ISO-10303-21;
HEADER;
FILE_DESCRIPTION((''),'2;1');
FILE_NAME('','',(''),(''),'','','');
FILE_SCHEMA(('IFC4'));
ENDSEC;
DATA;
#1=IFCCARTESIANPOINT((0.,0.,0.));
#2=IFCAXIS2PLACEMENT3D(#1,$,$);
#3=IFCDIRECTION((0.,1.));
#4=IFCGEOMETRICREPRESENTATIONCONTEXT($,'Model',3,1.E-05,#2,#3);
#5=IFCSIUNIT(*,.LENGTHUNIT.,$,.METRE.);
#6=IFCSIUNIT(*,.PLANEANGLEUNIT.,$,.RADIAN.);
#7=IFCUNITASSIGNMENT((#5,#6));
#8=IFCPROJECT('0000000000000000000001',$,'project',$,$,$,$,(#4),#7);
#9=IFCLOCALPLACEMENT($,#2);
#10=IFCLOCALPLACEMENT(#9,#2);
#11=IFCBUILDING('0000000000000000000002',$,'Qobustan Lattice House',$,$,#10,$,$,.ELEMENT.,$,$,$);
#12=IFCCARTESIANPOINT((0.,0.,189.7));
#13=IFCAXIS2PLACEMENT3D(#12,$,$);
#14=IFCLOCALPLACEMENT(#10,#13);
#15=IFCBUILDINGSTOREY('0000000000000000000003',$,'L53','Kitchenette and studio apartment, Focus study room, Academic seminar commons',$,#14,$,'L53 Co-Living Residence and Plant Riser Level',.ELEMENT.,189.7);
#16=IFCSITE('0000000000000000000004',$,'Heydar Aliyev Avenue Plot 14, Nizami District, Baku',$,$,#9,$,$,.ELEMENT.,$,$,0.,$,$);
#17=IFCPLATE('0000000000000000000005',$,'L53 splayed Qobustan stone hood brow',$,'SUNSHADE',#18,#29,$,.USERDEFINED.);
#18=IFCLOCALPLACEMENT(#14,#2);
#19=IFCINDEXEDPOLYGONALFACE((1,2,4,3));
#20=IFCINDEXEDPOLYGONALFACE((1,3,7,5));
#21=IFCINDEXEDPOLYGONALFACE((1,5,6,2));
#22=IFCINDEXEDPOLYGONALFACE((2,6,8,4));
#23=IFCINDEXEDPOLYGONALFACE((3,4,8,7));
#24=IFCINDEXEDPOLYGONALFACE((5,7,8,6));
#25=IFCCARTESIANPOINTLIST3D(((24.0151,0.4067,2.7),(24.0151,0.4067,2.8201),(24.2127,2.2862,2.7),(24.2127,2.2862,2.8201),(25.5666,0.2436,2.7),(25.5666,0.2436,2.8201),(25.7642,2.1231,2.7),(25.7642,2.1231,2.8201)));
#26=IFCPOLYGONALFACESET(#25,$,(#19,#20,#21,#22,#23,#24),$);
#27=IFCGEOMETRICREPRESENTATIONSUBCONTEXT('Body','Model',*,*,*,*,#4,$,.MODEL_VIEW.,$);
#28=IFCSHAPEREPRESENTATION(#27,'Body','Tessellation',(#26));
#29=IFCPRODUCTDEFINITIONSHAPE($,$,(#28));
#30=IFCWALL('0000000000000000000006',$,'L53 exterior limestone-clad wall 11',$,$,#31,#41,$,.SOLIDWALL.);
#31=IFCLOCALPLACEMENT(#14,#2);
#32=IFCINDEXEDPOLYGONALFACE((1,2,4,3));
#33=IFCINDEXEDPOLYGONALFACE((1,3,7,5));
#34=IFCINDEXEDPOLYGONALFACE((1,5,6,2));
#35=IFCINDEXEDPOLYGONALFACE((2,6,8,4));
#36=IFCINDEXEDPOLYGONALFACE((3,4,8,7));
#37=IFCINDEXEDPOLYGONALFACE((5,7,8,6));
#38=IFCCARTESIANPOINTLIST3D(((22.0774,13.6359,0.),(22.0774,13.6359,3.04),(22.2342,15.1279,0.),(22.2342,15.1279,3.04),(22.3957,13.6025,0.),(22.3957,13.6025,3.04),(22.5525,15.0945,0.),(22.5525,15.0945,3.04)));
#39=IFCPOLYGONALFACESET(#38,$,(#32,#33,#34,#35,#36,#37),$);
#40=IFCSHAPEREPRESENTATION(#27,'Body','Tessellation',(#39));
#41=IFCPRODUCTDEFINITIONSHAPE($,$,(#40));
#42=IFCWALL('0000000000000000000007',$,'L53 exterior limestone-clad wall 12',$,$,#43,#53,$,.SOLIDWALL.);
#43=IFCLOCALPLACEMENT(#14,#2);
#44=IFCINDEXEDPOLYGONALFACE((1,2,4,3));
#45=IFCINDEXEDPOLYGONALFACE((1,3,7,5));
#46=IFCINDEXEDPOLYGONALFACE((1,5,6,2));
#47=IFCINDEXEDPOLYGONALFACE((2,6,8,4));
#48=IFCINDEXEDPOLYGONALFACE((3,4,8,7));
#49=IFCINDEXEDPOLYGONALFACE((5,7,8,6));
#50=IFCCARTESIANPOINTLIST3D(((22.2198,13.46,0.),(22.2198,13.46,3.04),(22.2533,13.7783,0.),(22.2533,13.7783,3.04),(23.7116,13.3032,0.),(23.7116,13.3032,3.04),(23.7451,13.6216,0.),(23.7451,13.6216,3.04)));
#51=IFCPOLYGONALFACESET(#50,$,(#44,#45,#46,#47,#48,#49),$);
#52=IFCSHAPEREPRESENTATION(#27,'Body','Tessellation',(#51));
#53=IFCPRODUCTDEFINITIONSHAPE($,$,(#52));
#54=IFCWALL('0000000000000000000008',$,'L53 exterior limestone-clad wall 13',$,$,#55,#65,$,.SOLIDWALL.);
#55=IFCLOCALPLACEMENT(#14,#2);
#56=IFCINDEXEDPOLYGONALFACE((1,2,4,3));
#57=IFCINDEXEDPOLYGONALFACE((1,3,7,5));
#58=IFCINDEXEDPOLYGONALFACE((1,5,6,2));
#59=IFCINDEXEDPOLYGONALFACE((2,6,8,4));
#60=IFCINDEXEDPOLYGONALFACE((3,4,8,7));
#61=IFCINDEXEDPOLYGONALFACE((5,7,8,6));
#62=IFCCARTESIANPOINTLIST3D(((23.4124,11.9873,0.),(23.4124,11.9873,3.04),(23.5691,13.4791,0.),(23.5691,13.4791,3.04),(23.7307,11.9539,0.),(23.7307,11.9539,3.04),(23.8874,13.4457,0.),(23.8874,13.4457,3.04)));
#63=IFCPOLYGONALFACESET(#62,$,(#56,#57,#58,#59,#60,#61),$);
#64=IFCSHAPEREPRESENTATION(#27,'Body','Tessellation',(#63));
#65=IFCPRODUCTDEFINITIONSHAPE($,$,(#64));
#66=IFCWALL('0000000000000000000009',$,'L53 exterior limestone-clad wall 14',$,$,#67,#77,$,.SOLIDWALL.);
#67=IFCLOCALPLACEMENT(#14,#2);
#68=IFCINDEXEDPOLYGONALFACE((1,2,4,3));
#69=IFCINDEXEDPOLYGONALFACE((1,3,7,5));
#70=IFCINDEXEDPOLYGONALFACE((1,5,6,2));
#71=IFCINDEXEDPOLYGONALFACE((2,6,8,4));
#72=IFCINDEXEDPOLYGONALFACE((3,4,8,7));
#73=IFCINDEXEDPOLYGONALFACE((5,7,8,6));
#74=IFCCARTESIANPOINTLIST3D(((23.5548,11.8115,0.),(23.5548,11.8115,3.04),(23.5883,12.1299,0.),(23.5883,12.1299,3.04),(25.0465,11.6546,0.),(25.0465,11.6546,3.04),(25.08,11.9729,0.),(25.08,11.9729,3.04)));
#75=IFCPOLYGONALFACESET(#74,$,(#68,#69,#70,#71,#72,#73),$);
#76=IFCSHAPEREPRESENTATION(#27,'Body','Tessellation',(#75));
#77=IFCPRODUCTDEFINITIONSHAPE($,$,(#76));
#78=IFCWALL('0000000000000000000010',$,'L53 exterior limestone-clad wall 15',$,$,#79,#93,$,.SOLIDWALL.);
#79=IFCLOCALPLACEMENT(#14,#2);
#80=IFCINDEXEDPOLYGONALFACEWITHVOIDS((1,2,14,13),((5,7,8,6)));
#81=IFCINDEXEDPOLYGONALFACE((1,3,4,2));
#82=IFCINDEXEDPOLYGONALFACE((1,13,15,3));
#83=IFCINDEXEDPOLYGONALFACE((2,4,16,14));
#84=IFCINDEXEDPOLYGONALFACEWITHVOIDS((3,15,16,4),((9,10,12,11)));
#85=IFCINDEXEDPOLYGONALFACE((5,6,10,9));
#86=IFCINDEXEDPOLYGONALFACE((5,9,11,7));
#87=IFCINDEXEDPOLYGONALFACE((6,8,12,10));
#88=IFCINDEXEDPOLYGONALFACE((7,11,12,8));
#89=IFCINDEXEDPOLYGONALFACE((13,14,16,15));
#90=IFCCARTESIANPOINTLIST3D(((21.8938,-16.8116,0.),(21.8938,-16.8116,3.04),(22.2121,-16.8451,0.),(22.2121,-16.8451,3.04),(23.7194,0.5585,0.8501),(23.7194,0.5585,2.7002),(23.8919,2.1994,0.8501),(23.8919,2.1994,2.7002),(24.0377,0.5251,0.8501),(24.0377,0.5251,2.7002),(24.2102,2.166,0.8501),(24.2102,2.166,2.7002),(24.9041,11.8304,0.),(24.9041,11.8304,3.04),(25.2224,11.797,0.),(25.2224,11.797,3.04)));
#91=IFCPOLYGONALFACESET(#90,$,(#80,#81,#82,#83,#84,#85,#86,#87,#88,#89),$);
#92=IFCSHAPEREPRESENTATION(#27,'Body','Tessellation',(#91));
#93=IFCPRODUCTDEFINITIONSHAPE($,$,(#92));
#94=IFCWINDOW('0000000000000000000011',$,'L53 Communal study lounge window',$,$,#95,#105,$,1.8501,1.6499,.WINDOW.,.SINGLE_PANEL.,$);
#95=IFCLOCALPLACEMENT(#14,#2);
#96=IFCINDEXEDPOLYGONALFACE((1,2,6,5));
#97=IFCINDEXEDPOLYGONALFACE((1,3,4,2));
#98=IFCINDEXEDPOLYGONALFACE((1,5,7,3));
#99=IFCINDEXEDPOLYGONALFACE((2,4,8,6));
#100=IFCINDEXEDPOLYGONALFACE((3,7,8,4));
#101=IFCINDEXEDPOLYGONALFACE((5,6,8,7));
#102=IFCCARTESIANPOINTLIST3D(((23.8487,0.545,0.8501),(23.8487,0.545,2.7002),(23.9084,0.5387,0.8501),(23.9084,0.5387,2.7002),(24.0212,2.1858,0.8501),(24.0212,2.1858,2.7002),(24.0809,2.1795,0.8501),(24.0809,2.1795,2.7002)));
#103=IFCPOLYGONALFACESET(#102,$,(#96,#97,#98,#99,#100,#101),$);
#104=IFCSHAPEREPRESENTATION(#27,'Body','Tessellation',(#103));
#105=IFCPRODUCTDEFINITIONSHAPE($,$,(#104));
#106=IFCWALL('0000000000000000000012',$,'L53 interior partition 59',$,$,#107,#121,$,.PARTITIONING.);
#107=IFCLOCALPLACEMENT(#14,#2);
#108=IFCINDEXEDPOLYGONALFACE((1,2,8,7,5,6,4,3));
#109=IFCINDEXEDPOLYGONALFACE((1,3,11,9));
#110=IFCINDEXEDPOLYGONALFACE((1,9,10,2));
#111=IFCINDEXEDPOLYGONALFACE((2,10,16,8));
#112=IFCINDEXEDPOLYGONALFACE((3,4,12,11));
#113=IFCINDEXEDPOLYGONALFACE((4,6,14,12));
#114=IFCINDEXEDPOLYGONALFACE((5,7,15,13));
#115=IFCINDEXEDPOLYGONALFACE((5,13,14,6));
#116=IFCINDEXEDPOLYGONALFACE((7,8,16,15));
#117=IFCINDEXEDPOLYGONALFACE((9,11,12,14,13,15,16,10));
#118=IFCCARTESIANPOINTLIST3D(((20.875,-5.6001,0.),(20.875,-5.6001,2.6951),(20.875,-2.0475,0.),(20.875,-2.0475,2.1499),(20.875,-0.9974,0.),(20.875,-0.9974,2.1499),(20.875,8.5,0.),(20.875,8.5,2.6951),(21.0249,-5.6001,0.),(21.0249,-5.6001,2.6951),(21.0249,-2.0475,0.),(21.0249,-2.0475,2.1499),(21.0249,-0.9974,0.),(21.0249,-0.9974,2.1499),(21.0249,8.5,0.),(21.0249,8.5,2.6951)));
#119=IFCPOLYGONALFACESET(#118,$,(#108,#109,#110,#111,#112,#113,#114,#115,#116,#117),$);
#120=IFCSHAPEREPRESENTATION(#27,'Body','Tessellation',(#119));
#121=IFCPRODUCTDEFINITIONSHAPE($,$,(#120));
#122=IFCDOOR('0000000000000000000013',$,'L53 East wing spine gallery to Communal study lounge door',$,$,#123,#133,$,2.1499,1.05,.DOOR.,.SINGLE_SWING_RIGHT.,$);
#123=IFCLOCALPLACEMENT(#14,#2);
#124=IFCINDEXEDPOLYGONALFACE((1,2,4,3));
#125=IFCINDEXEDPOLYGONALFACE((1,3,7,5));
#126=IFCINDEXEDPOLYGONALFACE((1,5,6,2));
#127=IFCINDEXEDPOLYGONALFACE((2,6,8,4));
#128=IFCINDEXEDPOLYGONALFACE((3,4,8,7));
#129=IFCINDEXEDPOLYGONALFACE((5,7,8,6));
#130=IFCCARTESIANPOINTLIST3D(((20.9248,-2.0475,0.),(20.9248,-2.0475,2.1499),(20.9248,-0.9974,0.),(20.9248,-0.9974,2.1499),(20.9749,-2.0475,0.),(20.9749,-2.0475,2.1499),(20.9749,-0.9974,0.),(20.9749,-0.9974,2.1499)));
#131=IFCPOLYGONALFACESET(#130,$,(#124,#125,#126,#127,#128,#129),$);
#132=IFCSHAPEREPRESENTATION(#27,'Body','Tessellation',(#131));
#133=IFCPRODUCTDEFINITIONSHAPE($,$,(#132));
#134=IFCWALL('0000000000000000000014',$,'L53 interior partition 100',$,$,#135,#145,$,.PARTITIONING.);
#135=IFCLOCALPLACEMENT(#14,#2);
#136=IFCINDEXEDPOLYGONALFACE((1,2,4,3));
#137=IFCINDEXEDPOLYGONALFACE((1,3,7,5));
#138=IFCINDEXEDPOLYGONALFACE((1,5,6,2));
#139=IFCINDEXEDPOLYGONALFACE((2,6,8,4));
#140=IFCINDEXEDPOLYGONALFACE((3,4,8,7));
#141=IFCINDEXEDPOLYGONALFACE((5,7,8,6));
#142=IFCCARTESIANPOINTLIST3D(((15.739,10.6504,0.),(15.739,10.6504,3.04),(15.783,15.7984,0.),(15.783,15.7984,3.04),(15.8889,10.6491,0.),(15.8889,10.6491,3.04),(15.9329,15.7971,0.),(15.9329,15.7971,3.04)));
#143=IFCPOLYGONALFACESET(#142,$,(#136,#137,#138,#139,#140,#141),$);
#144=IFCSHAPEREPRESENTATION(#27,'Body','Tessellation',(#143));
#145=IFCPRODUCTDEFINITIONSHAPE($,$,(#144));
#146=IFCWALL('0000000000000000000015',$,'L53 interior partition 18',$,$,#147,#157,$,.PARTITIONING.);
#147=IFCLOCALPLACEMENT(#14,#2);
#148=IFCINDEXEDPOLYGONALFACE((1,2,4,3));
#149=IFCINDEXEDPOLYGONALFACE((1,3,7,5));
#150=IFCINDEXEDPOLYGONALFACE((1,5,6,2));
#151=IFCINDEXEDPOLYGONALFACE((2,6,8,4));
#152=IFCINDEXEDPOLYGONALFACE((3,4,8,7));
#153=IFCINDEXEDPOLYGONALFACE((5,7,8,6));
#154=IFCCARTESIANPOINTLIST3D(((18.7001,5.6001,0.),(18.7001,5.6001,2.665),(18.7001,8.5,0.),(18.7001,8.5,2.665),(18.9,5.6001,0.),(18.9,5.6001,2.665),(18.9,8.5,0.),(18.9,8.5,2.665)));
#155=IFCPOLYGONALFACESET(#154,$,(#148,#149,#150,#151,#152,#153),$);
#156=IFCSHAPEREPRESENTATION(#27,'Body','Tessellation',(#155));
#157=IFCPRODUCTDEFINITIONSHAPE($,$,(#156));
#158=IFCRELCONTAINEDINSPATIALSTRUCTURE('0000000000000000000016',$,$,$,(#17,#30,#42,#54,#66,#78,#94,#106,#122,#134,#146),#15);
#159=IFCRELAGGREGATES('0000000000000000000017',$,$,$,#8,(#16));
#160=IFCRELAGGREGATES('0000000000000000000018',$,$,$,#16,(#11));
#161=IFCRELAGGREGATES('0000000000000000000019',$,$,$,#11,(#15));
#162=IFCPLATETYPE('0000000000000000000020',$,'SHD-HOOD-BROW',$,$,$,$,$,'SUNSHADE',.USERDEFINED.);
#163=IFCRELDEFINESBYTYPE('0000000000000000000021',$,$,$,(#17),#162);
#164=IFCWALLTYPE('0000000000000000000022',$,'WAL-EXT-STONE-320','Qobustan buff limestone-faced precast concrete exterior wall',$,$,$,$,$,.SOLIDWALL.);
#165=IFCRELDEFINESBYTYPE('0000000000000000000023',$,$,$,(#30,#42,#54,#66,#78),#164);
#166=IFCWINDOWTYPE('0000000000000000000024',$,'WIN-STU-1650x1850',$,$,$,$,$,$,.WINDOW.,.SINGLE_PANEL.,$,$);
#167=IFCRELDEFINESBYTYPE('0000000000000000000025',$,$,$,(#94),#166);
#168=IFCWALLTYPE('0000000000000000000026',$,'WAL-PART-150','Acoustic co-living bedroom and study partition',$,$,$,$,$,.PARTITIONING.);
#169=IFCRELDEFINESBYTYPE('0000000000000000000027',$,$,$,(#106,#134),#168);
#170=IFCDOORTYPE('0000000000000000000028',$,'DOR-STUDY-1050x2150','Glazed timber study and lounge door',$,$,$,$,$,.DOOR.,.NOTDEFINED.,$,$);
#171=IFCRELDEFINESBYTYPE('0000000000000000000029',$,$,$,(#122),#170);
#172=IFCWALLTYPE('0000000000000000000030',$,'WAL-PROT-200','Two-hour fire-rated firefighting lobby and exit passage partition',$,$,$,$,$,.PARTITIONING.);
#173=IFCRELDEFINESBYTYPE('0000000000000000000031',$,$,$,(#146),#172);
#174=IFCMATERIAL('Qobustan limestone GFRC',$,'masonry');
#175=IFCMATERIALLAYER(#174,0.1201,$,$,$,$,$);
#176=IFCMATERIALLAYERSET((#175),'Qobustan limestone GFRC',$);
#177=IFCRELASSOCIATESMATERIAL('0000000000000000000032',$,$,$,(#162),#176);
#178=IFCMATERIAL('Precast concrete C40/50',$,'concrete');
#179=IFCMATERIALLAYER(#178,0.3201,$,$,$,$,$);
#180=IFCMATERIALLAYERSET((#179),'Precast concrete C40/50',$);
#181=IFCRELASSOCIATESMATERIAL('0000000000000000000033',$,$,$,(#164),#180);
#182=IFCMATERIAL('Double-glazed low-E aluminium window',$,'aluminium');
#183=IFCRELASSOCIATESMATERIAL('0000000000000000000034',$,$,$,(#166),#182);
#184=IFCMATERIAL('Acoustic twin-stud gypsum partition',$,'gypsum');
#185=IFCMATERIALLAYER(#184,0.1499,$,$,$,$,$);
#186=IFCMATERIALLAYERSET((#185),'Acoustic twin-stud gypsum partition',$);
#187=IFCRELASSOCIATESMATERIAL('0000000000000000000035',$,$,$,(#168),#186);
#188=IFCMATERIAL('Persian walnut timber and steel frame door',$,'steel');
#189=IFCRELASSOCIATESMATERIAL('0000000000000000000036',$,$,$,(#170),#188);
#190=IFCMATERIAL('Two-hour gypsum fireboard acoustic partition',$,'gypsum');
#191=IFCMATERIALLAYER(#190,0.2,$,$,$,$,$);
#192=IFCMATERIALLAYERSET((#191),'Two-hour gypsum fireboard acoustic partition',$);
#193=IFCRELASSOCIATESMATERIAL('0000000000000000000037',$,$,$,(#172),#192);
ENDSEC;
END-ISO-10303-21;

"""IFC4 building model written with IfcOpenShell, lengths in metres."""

from ifc_helpers import new_model, si_unit, direction, frame, frame_2d, origin, origin_2d, place, context, subcontext, project, spatial, rectangle, extrude, material, layer, layer_set, type_object, element, fill, save


model = new_model("IFC4")

# Units and contexts
model_context = context("Model", 3, precision=1e-05, world=origin(), true_north=direction((0.0, 1.0)))
body_context = subcontext(model_context, "Body", "Model", "MODEL_VIEW")
ifc_project = project(units=[si_unit("LENGTHUNIT", "METRE"), si_unit("PLANEANGLEUNIT", "RADIAN")], contexts=[model_context])

# Site, building, storey
site_placement = place(None, origin())
site = spatial("IfcSite", under=ifc_project, at=site_placement, Name="Heydar Aliyev Avenue Plot 14, Nizami District, Baku", CompositionType="ELEMENT", RefElevation=0.0)
building_placement = place(site_placement, origin())
building = spatial("IfcBuilding", under=site, at=building_placement, Name="Qobustan Lattice House", CompositionType="ELEMENT")
storey_placement = place(building_placement, frame((0.0, 0.0, 189.7)))
storey = spatial("IfcBuildingStorey", under=building, at=storey_placement, Name="L53", Description="Kitchenette and studio apartment, Focus study room, Academic seminar commons", LongName="L53 Co-Living Residence and Plant Riser Level", CompositionType="ELEMENT", Elevation=189.7)

# Plate
ifc_material_1 = material(Name="Qobustan limestone GFRC", Category="masonry")
ifc_layer_1 = layer(ifc_material_1, 0.1201)
ifc_layer_set_1 = layer_set([ifc_layer_1], Name="Qobustan limestone GFRC")
plate_type = type_object("IfcPlateType", Name="SHD-HOOD-BROW", ElementType="SUNSHADE", PredefinedType="USERDEFINED", material=ifc_layer_set_1)
plate_placement = place(storey_placement, frame((24.8896, 1.2649, 2.7), z_axis=(0.0, 0.0, 1.0), x_axis=(-0.104528, -0.994522, 0.0)))
element("IfcPlate", 1, at=plate_placement, inside=storey, type_object=plate_type, Name="L53 splayed Qobustan stone hood brow", ObjectType="SUNSHADE", PredefinedType="USERDEFINED", context=body_context, shape_type="SweptSolid", body=[
    extrude(rectangle(XDim=1.8899, YDim=1.5601, at=origin_2d()), origin(), (0.0, 0.0, 1.0), 0.1201),
])

# Walls
ifc_material_2 = material(Name="Precast concrete C40/50", Category="concrete")
ifc_layer_2 = layer(ifc_material_2, 0.3201)
ifc_layer_set_2 = layer_set([ifc_layer_2], Name="Precast concrete C40/50")
wall_type_1 = type_object("IfcWallType", Name="WAL-EXT-STONE-320", Description="Qobustan buff limestone-faced precast concrete exterior wall", PredefinedType="SOLIDWALL", material=ifc_layer_set_2)
wall_1_placement = place(storey_placement, frame((22.3933, 15.1111, 0.0), z_axis=(0.0, 0.0, 1.0), x_axis=(-0.104481, -0.994527, 0.0)))
element("IfcWall", 2, at=wall_1_placement, inside=storey, type_object=wall_type_1, Name="L53 exterior limestone-clad wall 11", PredefinedType="SOLIDWALL", context=body_context, shape_type="SweptSolid", body=[
    extrude(rectangle(XDim=1.5002, YDim=0.3201, at=frame_2d((0.75, 0.0))), origin(), (0.0, 0.0, 1.0), 3.04),
])
for number, where, z_axis, x_axis, name in (
    (3, (22.2366, 13.6191, 0.0), (0.0, 0.0, 1.0), (0.994525, -0.104498, 0.0), "L53 exterior limestone-clad wall 12"),
    (4, (23.7283, 13.4624, 0.0), (0.0, 0.0, 1.0), (-0.104498, -0.994525, 0.0), "L53 exterior limestone-clad wall 13"),
    (5, (23.5715, 11.9707, 0.0), (0.0, 0.0, 1.0), (0.994508, -0.104659, 0.0), "L53 exterior limestone-clad wall 14"),
):
    element("IfcWall", number, at=place(storey_placement, frame(where, z_axis=z_axis, x_axis=x_axis)), inside=storey, type_object=wall_type_1, Name=name, PredefinedType="SOLIDWALL", context=body_context, shape_type="SweptSolid", body=[
        extrude(rectangle(XDim=1.5, YDim=0.3201, at=frame_2d((0.75, 0.0))), origin(), (0.0, 0.0, 1.0), 3.04),
    ])

# Wall, opening, window
wall_2_placement = place(storey_placement, frame((25.0632, 11.8137, 0.0), z_axis=(0.0, 0.0, 1.0), x_axis=(-0.104523, -0.994522, 0.0)))
wall_2 = element("IfcWall", 6, at=wall_2_placement, inside=storey, type_object=wall_type_1, Name="L53 exterior limestone-clad wall 15", PredefinedType="SOLIDWALL", context=body_context, shape_type="SweptSolid", body=[
    extrude(rectangle(XDim=28.7998, YDim=0.3201, at=frame_2d((14.3999, 0.0))), origin(), (0.0, 0.0, 1.0), 3.04),
])
opening_1_placement = place(wall_2_placement, frame((9.6841, 0.0, 0.8501)))
opening_1 = element("IfcOpeningElement", 7, at=opening_1_placement, cuts=wall_2, PredefinedType="OPENING", context=body_context, shape_type="SweptSolid", body=[
    extrude(rectangle(XDim=1.6499, YDim=1.8501, at=frame_2d((0.825, 0.925))), frame((0.0, 0.1699, 0.0), z_axis=(0.0, -1.0, 0.0), x_axis=(1.0, 0.0, 0.0)), (0.0, 0.0, 1.0), 0.3401),
])
ifc_material_3 = material(Name="Double-glazed low-E aluminium window", Category="aluminium")
window_type = type_object("IfcWindowType", Name="WIN-STU-1650x1850", PartitioningType="SINGLE_PANEL", PredefinedType="WINDOW", material=ifc_material_3)
window_placement = place(opening_1_placement, origin())
window = element("IfcWindow", 8, at=window_placement, inside=storey, type_object=window_type, Name="L53 Communal study lounge window", OverallHeight=1.8501, OverallWidth=1.6499, PartitioningType="SINGLE_PANEL", PredefinedType="WINDOW", context=body_context, shape_type="SweptSolid", body=[
    extrude(rectangle(XDim=1.6499, YDim=1.8501, at=frame_2d((0.825, 0.925))), frame((0.0, 0.03, 0.0), z_axis=(0.0, -1.0, 0.0), x_axis=(1.0, 0.0, 0.0)), (0.0, 0.0, 1.0), 0.0601),
])
fill(opening_1, window)

# Wall, opening, door
ifc_material_4 = material(Name="Acoustic twin-stud gypsum partition", Category="gypsum")
ifc_layer_3 = layer(ifc_material_4, 0.1499)
ifc_layer_set_3 = layer_set([ifc_layer_3], Name="Acoustic twin-stud gypsum partition")
wall_type_2 = type_object("IfcWallType", Name="WAL-PART-150", Description="Acoustic co-living bedroom and study partition", PredefinedType="PARTITIONING", material=ifc_layer_set_3)
ifc_material_5 = material(Name="Persian walnut timber and steel frame door", Category="steel")
door_type_1 = type_object("IfcDoorType", Name="DOR-STUDY-1050x2150", Description="Glazed timber study and lounge door", OperationType="NOTDEFINED", PredefinedType="DOOR", material=ifc_material_5)
wall_3_placement = place(storey_placement, frame((20.95, 8.5, 0.0), z_axis=(0.0, 0.0, 1.0), x_axis=(0.0, -1.0, 0.0)))
wall_3 = element("IfcWall", 9, at=wall_3_placement, inside=storey, type_object=wall_type_2, Name="L53 interior partition 59", PredefinedType="PARTITIONING", context=body_context, shape_type="SweptSolid", body=[
    extrude(rectangle(XDim=14.1001, YDim=0.1499, at=frame_2d((7.05, 0.0))), origin(), (0.0, 0.0, 1.0), 2.6951),
])
opening_2_placement = place(wall_3_placement, frame((9.4976, 0.0, 0.0)))
opening_2 = element("IfcOpeningElement", 10, at=opening_2_placement, cuts=wall_3, PredefinedType="OPENING", context=body_context, shape_type="SweptSolid", body=[
    extrude(rectangle(XDim=1.05, YDim=2.1499, at=frame_2d((0.5249, 1.075))), frame((0.0, 0.085, 0.0), z_axis=(0.0, -1.0, 0.0), x_axis=(1.0, 0.0, 0.0)), (0.0, 0.0, 1.0), 0.1699),
])
door_1_placement = place(opening_2_placement, origin())
door_1 = element("IfcDoor", 11, at=door_1_placement, inside=storey, type_object=door_type_1, Name="L53 East wing spine gallery to Communal study lounge door", OperationType="SINGLE_SWING_RIGHT", OverallHeight=2.1499, OverallWidth=1.05, PredefinedType="DOOR", context=body_context, shape_type="SweptSolid", body=[
    extrude(rectangle(XDim=1.05, YDim=2.1499, at=frame_2d((0.5249, 1.075))), frame((0.0, 0.0249, 0.0), z_axis=(0.0, -1.0, 0.0), x_axis=(1.0, 0.0, 0.0)), (0.0, 0.0, 1.0), 0.05),
])
fill(opening_2, door_1)

# Wall
wall_4_placement = place(storey_placement, frame((15.8579, 15.7979, 0.0), z_axis=(0.0, 0.0, 1.0), x_axis=(-0.008536, -0.999964, 0.0)))
element("IfcWall", 12, at=wall_4_placement, inside=storey, type_object=wall_type_2, Name="L53 interior partition 100", PredefinedType="PARTITIONING", context=body_context, shape_type="SweptSolid", body=[
    extrude(rectangle(XDim=5.1482, YDim=0.1499, at=frame_2d((2.5742, 0.0))), origin(), (0.0, 0.0, 1.0), 3.04),
])

# Shared definitions
ifc_material_6 = material(Name="Two-hour gypsum fireboard acoustic partition", Category="gypsum")
ifc_layer_4 = layer(ifc_material_6, 0.2)
ifc_layer_set_4 = layer_set([ifc_layer_4], Name="Two-hour gypsum fireboard acoustic partition")
wall_type_3 = type_object("IfcWallType", Name="WAL-PROT-200", Description="Two-hour fire-rated firefighting lobby and exit passage partition", PredefinedType="PARTITIONING", material=ifc_layer_set_4)

# Wall
wall_5_placement = place(storey_placement, frame((18.8, 5.6001, 0.0), z_axis=(0.0, 0.0, 1.0), x_axis=(0.0, 1.0, 0.0)))
element("IfcWall", 13, at=wall_5_placement, inside=storey, type_object=wall_type_3, Name="L53 interior partition 18", PredefinedType="PARTITIONING", context=body_context, shape_type="SweptSolid", body=[
    extrude(rectangle(XDim=2.8999, YDim=0.2, at=frame_2d((1.45, 0.0))), origin(), (0.0, 0.0, 1.0), 2.665),
])

save(model, "model.ifc")
